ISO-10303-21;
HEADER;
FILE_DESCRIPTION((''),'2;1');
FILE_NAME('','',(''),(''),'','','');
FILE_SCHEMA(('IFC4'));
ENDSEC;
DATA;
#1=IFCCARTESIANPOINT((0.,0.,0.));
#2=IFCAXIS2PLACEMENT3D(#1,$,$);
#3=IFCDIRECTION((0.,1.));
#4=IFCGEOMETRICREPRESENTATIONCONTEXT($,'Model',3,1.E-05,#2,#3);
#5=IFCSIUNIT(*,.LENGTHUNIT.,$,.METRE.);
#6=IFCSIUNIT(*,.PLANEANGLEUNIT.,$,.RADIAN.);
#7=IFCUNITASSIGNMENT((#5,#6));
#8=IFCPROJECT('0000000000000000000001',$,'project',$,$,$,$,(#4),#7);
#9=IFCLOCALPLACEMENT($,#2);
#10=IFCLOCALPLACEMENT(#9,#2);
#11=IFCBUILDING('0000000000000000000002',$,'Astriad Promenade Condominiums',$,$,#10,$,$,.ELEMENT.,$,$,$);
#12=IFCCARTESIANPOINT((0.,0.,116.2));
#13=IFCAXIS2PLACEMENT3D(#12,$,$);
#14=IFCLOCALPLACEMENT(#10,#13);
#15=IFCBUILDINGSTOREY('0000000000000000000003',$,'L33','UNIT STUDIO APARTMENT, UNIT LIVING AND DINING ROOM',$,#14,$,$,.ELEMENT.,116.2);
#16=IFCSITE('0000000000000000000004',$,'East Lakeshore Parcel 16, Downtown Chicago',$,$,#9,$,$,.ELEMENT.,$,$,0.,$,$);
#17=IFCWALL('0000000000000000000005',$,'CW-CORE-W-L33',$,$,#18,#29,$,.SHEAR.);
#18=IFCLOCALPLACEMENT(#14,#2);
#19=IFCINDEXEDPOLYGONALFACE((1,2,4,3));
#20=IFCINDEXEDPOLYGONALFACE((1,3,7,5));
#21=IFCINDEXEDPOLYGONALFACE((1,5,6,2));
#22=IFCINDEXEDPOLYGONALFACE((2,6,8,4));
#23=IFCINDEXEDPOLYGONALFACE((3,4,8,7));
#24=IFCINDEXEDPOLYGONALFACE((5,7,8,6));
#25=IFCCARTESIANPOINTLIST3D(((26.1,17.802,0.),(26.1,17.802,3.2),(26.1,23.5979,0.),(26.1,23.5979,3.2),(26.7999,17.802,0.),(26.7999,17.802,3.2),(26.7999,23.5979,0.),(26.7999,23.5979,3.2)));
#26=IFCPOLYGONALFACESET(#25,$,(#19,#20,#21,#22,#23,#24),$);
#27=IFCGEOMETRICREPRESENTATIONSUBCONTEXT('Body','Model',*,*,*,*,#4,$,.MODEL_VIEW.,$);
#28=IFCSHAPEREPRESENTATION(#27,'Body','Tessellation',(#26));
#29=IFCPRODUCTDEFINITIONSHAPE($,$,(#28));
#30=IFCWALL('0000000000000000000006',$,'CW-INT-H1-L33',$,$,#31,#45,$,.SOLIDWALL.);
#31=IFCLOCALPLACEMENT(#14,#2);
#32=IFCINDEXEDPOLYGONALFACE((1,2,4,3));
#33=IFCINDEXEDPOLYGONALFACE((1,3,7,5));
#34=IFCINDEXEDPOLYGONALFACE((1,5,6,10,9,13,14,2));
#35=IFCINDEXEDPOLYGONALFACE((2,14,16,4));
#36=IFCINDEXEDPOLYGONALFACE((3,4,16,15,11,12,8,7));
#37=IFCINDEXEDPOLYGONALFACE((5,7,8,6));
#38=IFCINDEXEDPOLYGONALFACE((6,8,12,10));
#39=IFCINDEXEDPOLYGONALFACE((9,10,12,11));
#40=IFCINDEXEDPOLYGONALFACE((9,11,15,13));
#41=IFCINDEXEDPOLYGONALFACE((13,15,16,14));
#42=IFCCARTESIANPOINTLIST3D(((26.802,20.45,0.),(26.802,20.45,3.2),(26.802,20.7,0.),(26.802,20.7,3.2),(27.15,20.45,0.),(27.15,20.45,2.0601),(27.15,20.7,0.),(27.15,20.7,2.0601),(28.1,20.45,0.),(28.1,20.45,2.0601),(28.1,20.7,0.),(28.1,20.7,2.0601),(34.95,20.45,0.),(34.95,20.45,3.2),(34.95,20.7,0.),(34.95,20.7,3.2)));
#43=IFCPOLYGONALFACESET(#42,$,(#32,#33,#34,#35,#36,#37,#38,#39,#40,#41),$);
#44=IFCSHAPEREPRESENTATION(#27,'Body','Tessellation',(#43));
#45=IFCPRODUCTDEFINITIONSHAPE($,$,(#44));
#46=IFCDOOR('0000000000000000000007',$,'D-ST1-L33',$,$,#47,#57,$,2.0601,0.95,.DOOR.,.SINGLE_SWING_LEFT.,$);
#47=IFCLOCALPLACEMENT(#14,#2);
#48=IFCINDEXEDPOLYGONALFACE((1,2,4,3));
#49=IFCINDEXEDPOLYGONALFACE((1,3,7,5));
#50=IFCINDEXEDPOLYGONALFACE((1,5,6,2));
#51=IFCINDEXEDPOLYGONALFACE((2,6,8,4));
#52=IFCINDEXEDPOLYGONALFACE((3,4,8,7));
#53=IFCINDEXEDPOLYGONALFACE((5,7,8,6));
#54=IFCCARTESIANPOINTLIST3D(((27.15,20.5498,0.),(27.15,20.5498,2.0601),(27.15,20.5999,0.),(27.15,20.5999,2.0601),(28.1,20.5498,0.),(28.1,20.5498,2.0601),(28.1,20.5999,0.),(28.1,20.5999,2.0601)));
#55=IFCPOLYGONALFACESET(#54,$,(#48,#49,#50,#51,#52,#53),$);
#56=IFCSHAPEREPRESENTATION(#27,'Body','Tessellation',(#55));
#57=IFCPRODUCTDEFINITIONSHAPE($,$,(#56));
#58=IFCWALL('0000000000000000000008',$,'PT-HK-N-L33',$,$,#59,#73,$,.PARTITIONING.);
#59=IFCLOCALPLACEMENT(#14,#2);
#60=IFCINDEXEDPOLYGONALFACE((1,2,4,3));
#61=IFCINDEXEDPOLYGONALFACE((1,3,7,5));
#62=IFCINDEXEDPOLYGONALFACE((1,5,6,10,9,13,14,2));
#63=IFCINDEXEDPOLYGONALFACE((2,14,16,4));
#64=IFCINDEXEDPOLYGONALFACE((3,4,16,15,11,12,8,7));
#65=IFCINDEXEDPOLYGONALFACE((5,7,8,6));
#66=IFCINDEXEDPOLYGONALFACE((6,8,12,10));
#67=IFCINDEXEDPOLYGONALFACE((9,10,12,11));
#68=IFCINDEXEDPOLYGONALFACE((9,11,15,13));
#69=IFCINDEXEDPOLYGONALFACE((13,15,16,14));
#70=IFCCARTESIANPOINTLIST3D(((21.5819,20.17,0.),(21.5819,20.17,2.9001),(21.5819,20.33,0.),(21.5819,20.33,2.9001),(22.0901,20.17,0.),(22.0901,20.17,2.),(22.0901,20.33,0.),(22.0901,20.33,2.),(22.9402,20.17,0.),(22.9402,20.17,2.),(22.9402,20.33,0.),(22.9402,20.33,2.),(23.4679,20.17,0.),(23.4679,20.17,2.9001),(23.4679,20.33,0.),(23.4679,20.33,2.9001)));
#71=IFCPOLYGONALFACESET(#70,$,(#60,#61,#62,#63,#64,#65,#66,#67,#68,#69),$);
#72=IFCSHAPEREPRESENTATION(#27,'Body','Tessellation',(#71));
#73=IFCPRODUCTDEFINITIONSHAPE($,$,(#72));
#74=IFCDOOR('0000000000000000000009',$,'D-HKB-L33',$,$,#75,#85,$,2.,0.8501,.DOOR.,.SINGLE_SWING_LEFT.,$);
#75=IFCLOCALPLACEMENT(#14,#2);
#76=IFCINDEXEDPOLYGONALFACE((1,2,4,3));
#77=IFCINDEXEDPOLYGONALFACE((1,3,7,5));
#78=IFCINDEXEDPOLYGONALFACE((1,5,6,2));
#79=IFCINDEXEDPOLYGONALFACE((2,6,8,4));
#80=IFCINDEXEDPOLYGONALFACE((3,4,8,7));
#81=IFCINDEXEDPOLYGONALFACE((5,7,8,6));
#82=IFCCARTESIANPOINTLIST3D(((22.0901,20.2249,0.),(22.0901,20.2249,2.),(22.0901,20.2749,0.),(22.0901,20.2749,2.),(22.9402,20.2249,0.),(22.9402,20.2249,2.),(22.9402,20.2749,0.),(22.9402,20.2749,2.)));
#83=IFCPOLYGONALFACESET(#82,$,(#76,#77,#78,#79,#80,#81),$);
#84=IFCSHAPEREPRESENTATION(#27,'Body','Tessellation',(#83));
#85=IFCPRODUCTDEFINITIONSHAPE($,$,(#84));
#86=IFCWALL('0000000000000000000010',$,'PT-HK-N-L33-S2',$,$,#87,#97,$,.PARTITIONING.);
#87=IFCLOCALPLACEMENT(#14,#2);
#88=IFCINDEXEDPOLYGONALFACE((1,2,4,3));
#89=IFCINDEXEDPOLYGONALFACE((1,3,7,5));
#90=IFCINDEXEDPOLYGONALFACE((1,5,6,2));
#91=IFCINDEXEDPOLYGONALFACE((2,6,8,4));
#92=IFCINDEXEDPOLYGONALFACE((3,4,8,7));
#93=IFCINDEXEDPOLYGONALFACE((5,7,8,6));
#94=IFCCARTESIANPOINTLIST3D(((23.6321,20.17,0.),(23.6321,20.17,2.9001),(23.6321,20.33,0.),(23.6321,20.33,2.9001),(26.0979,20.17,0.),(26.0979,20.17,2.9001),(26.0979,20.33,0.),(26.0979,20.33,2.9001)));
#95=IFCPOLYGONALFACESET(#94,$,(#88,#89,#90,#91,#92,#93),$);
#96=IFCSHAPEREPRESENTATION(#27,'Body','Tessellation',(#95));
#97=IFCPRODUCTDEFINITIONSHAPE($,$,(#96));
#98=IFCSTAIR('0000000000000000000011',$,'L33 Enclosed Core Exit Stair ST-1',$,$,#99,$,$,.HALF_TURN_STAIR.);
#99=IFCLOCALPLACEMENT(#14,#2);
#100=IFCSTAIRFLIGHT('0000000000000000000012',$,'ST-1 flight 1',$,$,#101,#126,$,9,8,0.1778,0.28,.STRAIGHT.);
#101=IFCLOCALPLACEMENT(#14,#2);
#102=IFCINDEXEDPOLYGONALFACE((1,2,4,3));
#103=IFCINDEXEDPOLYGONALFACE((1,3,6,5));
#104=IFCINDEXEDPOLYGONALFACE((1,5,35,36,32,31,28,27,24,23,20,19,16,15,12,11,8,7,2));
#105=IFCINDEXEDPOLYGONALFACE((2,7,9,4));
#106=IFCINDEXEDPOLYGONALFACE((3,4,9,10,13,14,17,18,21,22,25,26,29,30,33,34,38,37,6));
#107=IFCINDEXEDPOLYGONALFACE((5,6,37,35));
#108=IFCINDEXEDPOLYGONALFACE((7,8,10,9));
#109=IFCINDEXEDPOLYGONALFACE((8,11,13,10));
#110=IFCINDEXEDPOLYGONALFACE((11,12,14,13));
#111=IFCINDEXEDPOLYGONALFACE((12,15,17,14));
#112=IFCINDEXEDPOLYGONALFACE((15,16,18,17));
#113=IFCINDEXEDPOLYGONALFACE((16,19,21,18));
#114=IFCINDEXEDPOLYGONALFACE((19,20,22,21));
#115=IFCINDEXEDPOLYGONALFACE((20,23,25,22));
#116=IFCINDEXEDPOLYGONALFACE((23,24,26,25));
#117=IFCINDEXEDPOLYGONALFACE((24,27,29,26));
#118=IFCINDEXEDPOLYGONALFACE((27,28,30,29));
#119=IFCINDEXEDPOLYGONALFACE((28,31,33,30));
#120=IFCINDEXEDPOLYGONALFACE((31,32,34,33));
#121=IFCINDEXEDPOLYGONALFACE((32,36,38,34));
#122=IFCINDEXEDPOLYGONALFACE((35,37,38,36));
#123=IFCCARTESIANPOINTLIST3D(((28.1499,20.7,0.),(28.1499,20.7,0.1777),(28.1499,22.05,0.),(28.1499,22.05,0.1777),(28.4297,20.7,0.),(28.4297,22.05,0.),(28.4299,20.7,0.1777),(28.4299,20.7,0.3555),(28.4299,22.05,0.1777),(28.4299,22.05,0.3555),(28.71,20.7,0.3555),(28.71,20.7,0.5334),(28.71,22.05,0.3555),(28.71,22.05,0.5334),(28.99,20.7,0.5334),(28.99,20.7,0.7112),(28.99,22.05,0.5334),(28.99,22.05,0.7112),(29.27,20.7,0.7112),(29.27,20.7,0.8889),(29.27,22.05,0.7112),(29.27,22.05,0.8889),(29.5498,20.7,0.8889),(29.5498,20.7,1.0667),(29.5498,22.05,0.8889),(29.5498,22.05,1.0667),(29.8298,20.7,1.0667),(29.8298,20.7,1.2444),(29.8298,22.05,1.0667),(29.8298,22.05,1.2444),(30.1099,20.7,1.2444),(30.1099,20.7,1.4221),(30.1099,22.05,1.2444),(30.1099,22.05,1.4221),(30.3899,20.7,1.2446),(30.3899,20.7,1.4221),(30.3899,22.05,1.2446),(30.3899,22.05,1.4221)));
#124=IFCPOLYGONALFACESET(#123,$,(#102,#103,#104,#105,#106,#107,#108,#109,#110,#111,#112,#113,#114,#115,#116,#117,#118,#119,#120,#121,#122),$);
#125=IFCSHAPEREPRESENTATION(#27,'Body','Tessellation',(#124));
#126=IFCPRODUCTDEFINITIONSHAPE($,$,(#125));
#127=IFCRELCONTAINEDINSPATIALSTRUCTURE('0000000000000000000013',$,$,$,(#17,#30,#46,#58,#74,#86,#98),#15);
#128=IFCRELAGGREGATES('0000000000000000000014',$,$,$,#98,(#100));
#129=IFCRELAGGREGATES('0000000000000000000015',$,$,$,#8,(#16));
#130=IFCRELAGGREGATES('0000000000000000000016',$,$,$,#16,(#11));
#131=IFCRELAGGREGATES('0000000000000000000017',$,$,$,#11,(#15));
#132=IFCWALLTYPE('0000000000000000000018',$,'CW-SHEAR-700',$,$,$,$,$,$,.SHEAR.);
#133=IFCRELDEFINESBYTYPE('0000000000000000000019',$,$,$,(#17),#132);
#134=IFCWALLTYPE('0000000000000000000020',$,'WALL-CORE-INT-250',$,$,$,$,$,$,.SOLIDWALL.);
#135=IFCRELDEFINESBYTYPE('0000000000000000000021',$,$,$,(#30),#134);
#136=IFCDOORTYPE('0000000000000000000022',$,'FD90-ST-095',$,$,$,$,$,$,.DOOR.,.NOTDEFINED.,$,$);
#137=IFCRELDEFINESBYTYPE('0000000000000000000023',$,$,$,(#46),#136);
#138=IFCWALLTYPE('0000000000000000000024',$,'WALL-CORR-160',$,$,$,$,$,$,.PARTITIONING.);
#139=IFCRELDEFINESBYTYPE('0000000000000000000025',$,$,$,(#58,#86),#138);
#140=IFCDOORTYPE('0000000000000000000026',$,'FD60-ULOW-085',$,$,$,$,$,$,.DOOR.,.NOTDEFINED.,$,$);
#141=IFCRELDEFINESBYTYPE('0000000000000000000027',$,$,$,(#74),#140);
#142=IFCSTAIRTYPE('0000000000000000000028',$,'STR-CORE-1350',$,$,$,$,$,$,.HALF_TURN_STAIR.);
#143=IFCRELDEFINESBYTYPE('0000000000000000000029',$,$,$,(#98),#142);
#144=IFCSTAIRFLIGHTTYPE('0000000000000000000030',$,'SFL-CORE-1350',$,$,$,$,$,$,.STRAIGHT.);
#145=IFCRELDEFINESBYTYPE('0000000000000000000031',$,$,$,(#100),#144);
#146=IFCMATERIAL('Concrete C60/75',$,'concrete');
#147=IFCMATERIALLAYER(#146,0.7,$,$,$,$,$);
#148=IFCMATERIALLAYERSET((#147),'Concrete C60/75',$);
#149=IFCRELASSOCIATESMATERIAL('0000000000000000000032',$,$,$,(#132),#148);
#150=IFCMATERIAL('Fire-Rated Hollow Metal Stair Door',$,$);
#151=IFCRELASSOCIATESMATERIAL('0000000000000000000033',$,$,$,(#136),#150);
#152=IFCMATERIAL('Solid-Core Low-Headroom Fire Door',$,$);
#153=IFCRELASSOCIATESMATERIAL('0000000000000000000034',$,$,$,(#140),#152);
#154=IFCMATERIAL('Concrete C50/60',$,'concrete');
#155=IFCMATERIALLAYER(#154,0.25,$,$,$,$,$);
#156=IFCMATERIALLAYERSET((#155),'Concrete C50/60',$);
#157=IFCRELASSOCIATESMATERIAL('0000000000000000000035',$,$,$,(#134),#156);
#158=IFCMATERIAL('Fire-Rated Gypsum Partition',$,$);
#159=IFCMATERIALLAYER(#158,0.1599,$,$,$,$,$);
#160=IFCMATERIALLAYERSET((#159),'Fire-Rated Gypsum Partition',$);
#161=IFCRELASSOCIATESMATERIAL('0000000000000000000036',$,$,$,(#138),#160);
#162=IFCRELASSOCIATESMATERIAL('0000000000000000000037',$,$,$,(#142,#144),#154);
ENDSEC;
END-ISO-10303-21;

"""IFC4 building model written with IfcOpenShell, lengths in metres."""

from ifc_helpers import new_model, si_unit, direction, frame, frame_2d, origin, place, context, subcontext, project, spatial, polyline, rectangle, outline, extrude, source, transform, mapped, material, layer, layer_set, type_object, type_shapes, element, fill, aggregate, save


model = new_model("IFC4")

# Units and contexts
model_context = context("Model", 3, precision=1e-05, world=origin(), true_north=direction((0.0, 1.0)))
body_context = subcontext(model_context, "Body", "Model", "MODEL_VIEW")
ifc_project = project(units=[si_unit("LENGTHUNIT", "METRE"), si_unit("PLANEANGLEUNIT", "RADIAN")], contexts=[model_context])

# Site, building, storey
site_placement = place(None, origin())
site = spatial("IfcSite", under=ifc_project, at=site_placement, Name="East Lakeshore Parcel 16, Downtown Chicago", CompositionType="ELEMENT", RefElevation=0.0)
building_placement = place(site_placement, origin())
building = spatial("IfcBuilding", under=site, at=building_placement, Name="Astriad Promenade Condominiums", CompositionType="ELEMENT")
storey_placement = place(building_placement, frame((0.0, 0.0, 116.2)))
storey = spatial("IfcBuildingStorey", under=building, at=storey_placement, Name="L33", Description="UNIT STUDIO APARTMENT, UNIT LIVING AND DINING ROOM", CompositionType="ELEMENT", Elevation=116.2)

# Shared definitions
ifc_material_1 = material(Name="Concrete C60/75", Category="concrete")

# Shared definitions
ifc_layer_1 = layer(ifc_material_1, 0.7)
ifc_layer_set_1 = layer_set([ifc_layer_1], Name="Concrete C60/75")
wall_type_1 = type_object("IfcWallType", Name="CW-SHEAR-700", PredefinedType="SHEAR", material=ifc_layer_set_1)
ifc_material_2 = material(Name="Fire-Rated Hollow Metal Stair Door")
door_type_1 = type_object("IfcDoorType", Name="FD90-ST-095", OperationType="NOTDEFINED", PredefinedType="DOOR", material=ifc_material_2)
shared_shape_1 = source(origin(), body_context, "Body", "SweptSolid", [
    extrude(rectangle(XDim=0.95, YDim=2.0601, at=frame_2d((0.4751, 1.03))), frame((0.0, 0.0249, 0.0), z_axis=(0.0, -1.0, 0.0), x_axis=(1.0, 0.0, 0.0)), (0.0, 0.0, 1.0), 0.05),
])
type_shapes(door_type_1, [shared_shape_1])
ifc_material_3 = material(Name="Solid-Core Low-Headroom Fire Door")
door_type_2 = type_object("IfcDoorType", Name="FD60-ULOW-085", OperationType="NOTDEFINED", PredefinedType="DOOR", material=ifc_material_3)
shared_shape_2 = source(origin(), body_context, "Body", "SweptSolid", [
    extrude(rectangle(XDim=0.8501, YDim=2.0, at=frame_2d((0.425, 1.0))), frame((0.0, 0.0249, 0.0), z_axis=(0.0, -1.0, 0.0), x_axis=(1.0, 0.0, 0.0)), (0.0, 0.0, 1.0), 0.05),
])
type_shapes(door_type_2, [shared_shape_2])

# Wall
wall_1_placement = place(storey_placement, frame((26.45, 17.802, 0.0), z_axis=(0.0, 0.0, 1.0), x_axis=(0.0, 1.0, 0.0)))
element("IfcWall", 1, at=wall_1_placement, inside=storey, type_object=wall_type_1, Name="CW-CORE-W-L33", PredefinedType="SHEAR", context=body_context, shape_type="SweptSolid", body=[
    extrude(rectangle(XDim=5.7959, YDim=0.7, at=frame_2d((2.8979, 0.0))), origin(), (0.0, 0.0, 1.0), 3.2),
])

# Walls, openings, doors
ifc_material_4 = material(Name="Concrete C50/60", Category="concrete")
ifc_layer_2 = layer(ifc_material_4, 0.25)
ifc_layer_set_2 = layer_set([ifc_layer_2], Name="Concrete C50/60")
wall_type_2 = type_object("IfcWallType", Name="WALL-CORE-INT-250", PredefinedType="SOLIDWALL", material=ifc_layer_set_2)
wall_2_placement = place(storey_placement, frame((26.802, 20.575, 0.0), z_axis=(0.0, 0.0, 1.0), x_axis=(1.0, 0.0, 0.0)))
wall_2 = element("IfcWall", 2, at=wall_2_placement, inside=storey, type_object=wall_type_2, Name="CW-INT-H1-L33", PredefinedType="SOLIDWALL", context=body_context, shape_type="SweptSolid", body=[
    extrude(rectangle(XDim=8.1479, YDim=0.25, at=frame_2d((4.074, 0.0))), origin(), (0.0, 0.0, 1.0), 3.2),
])
opening_1_placement = place(wall_2_placement, frame((0.3479, 0.0, 0.0)))
opening_1 = element("IfcOpeningElement", 3, at=opening_1_placement, cuts=wall_2, PredefinedType="OPENING", context=body_context, shape_type="SweptSolid", body=[
    extrude(rectangle(XDim=0.95, YDim=2.0601, at=frame_2d((0.4751, 1.03))), frame((0.0, 0.135, 0.0), z_axis=(0.0, -1.0, 0.0), x_axis=(1.0, 0.0, 0.0)), (0.0, 0.0, 1.0), 0.27),
])
door_1_placement = place(opening_1_placement, origin())
door_1 = element("IfcDoor", 4, at=door_1_placement, inside=storey, type_object=door_type_1, Name="D-ST1-L33", OperationType="SINGLE_SWING_LEFT", OverallHeight=2.0601, OverallWidth=0.95, PredefinedType="DOOR", context=body_context, shape_type="MappedRepresentation", body=[
    mapped(shared_shape_1, transform((0.0, 0.0, 0.0), scale=1.0)),
])
fill(opening_1, door_1)
ifc_material_5 = material(Name="Fire-Rated Gypsum Partition")
ifc_layer_3 = layer(ifc_material_5, 0.1599)
ifc_layer_set_3 = layer_set([ifc_layer_3], Name="Fire-Rated Gypsum Partition")
wall_type_3 = type_object("IfcWallType", Name="WALL-CORR-160", PredefinedType="PARTITIONING", material=ifc_layer_set_3)
wall_3_placement = place(storey_placement, frame((21.582, 20.25, 0.0), z_axis=(0.0, 0.0, 1.0), x_axis=(1.0, 0.0, 0.0)))
wall_3 = element("IfcWall", 5, at=wall_3_placement, inside=storey, type_object=wall_type_3, Name="PT-HK-N-L33", PredefinedType="PARTITIONING", context=body_context, shape_type="SweptSolid", body=[
    extrude(rectangle(XDim=1.886, YDim=0.1599, at=frame_2d((0.9429, 0.0))), origin(), (0.0, 0.0, 1.0), 2.9001),
])
opening_2_placement = place(wall_3_placement, frame((0.5081, 0.0, 0.0)))
opening_2 = element("IfcOpeningElement", 6, at=opening_2_placement, cuts=wall_3, PredefinedType="OPENING", context=body_context, shape_type="SweptSolid", body=[
    extrude(rectangle(XDim=0.8501, YDim=2.0, at=frame_2d((0.425, 1.0))), frame((0.0, 0.0898, 0.0), z_axis=(0.0, -1.0, 0.0), x_axis=(1.0, 0.0, 0.0)), (0.0, 0.0, 1.0), 0.1799),
])
door_2_placement = place(opening_2_placement, origin())
door_2 = element("IfcDoor", 7, at=door_2_placement, inside=storey, type_object=door_type_2, Name="D-HKB-L33", OperationType="SINGLE_SWING_LEFT", OverallHeight=2.0, OverallWidth=0.8501, PredefinedType="DOOR", context=body_context, shape_type="MappedRepresentation", body=[
    mapped(shared_shape_2, transform((0.0, 0.0, 0.0), scale=1.0)),
])
fill(opening_2, door_2)

# Wall
wall_4_placement = place(storey_placement, frame((23.6321, 20.25, 0.0), z_axis=(0.0, 0.0, 1.0), x_axis=(1.0, 0.0, 0.0)))
element("IfcWall", 8, at=wall_4_placement, inside=storey, type_object=wall_type_3, Name="PT-HK-N-L33-S2", PredefinedType="PARTITIONING", context=body_context, shape_type="SweptSolid", body=[
    extrude(rectangle(XDim=2.4658, YDim=0.1599, at=frame_2d((1.2329, 0.0))), origin(), (0.0, 0.0, 1.0), 2.9001),
])

# Stair, stair flight
stair_type = type_object("IfcStairType", Name="STR-CORE-1350", PredefinedType="HALF_TURN_STAIR", material=ifc_material_4)
stair_placement = place(storey_placement, origin())
stair = element("IfcStair", 9, at=stair_placement, inside=storey, type_object=stair_type, Name="L33 Enclosed Core Exit Stair ST-1", PredefinedType="HALF_TURN_STAIR")
stair_flight_type = type_object("IfcStairFlightType", Name="SFL-CORE-1350", PredefinedType="STRAIGHT", material=ifc_material_4)
shared_shape_3 = source(origin(), body_context, "Body", "SweptSolid", [
    extrude(outline(polyline([(0.0, 0.0), (0.0, 0.1777), (0.28, 0.1777), (0.28, 0.3555), (0.5601, 0.3555), (0.5601, 0.5334), (0.8401, 0.5334), (0.8401, 0.7112), (1.1201, 0.7112), (1.1201, 0.8889), (1.3999, 0.8889), (1.3999, 1.0667), (1.6799, 1.0667), (1.6799, 1.2444), (1.96, 1.2444), (1.96, 1.4221), (2.24, 1.4221), (2.24, 1.6001), (2.24, 1.2446), (0.2798, 0.0), (0.0, 0.0)])), frame((0.0, 0.675, 0.0), z_axis=(0.0, -1.0, 0.0), x_axis=(1.0, 0.0, 0.0)), (0.0, 0.0, 1.0), 1.3501),
])
type_shapes(stair_flight_type, [shared_shape_3])
stair_flight_placement = place(storey_placement, frame((28.1499, 21.375, 0.0), z_axis=(0.0, 0.0, 1.0), x_axis=(1.0, 0.0, 0.0)))
stair_flight = element("IfcStairFlight", 10, at=stair_flight_placement, type_object=stair_flight_type, Name="ST-1 flight 1", NumberOfRisers=9, NumberOfTreads=8, PredefinedType="STRAIGHT", RiserHeight=0.1778, TreadLength=0.28, context=body_context, shape_type="MappedRepresentation", body=[
    mapped(shared_shape_3, transform((0.0, 0.0, 0.0), scale=1.0)),
])
aggregate(stair, [stair_flight])

save(model, "model.ifc")
